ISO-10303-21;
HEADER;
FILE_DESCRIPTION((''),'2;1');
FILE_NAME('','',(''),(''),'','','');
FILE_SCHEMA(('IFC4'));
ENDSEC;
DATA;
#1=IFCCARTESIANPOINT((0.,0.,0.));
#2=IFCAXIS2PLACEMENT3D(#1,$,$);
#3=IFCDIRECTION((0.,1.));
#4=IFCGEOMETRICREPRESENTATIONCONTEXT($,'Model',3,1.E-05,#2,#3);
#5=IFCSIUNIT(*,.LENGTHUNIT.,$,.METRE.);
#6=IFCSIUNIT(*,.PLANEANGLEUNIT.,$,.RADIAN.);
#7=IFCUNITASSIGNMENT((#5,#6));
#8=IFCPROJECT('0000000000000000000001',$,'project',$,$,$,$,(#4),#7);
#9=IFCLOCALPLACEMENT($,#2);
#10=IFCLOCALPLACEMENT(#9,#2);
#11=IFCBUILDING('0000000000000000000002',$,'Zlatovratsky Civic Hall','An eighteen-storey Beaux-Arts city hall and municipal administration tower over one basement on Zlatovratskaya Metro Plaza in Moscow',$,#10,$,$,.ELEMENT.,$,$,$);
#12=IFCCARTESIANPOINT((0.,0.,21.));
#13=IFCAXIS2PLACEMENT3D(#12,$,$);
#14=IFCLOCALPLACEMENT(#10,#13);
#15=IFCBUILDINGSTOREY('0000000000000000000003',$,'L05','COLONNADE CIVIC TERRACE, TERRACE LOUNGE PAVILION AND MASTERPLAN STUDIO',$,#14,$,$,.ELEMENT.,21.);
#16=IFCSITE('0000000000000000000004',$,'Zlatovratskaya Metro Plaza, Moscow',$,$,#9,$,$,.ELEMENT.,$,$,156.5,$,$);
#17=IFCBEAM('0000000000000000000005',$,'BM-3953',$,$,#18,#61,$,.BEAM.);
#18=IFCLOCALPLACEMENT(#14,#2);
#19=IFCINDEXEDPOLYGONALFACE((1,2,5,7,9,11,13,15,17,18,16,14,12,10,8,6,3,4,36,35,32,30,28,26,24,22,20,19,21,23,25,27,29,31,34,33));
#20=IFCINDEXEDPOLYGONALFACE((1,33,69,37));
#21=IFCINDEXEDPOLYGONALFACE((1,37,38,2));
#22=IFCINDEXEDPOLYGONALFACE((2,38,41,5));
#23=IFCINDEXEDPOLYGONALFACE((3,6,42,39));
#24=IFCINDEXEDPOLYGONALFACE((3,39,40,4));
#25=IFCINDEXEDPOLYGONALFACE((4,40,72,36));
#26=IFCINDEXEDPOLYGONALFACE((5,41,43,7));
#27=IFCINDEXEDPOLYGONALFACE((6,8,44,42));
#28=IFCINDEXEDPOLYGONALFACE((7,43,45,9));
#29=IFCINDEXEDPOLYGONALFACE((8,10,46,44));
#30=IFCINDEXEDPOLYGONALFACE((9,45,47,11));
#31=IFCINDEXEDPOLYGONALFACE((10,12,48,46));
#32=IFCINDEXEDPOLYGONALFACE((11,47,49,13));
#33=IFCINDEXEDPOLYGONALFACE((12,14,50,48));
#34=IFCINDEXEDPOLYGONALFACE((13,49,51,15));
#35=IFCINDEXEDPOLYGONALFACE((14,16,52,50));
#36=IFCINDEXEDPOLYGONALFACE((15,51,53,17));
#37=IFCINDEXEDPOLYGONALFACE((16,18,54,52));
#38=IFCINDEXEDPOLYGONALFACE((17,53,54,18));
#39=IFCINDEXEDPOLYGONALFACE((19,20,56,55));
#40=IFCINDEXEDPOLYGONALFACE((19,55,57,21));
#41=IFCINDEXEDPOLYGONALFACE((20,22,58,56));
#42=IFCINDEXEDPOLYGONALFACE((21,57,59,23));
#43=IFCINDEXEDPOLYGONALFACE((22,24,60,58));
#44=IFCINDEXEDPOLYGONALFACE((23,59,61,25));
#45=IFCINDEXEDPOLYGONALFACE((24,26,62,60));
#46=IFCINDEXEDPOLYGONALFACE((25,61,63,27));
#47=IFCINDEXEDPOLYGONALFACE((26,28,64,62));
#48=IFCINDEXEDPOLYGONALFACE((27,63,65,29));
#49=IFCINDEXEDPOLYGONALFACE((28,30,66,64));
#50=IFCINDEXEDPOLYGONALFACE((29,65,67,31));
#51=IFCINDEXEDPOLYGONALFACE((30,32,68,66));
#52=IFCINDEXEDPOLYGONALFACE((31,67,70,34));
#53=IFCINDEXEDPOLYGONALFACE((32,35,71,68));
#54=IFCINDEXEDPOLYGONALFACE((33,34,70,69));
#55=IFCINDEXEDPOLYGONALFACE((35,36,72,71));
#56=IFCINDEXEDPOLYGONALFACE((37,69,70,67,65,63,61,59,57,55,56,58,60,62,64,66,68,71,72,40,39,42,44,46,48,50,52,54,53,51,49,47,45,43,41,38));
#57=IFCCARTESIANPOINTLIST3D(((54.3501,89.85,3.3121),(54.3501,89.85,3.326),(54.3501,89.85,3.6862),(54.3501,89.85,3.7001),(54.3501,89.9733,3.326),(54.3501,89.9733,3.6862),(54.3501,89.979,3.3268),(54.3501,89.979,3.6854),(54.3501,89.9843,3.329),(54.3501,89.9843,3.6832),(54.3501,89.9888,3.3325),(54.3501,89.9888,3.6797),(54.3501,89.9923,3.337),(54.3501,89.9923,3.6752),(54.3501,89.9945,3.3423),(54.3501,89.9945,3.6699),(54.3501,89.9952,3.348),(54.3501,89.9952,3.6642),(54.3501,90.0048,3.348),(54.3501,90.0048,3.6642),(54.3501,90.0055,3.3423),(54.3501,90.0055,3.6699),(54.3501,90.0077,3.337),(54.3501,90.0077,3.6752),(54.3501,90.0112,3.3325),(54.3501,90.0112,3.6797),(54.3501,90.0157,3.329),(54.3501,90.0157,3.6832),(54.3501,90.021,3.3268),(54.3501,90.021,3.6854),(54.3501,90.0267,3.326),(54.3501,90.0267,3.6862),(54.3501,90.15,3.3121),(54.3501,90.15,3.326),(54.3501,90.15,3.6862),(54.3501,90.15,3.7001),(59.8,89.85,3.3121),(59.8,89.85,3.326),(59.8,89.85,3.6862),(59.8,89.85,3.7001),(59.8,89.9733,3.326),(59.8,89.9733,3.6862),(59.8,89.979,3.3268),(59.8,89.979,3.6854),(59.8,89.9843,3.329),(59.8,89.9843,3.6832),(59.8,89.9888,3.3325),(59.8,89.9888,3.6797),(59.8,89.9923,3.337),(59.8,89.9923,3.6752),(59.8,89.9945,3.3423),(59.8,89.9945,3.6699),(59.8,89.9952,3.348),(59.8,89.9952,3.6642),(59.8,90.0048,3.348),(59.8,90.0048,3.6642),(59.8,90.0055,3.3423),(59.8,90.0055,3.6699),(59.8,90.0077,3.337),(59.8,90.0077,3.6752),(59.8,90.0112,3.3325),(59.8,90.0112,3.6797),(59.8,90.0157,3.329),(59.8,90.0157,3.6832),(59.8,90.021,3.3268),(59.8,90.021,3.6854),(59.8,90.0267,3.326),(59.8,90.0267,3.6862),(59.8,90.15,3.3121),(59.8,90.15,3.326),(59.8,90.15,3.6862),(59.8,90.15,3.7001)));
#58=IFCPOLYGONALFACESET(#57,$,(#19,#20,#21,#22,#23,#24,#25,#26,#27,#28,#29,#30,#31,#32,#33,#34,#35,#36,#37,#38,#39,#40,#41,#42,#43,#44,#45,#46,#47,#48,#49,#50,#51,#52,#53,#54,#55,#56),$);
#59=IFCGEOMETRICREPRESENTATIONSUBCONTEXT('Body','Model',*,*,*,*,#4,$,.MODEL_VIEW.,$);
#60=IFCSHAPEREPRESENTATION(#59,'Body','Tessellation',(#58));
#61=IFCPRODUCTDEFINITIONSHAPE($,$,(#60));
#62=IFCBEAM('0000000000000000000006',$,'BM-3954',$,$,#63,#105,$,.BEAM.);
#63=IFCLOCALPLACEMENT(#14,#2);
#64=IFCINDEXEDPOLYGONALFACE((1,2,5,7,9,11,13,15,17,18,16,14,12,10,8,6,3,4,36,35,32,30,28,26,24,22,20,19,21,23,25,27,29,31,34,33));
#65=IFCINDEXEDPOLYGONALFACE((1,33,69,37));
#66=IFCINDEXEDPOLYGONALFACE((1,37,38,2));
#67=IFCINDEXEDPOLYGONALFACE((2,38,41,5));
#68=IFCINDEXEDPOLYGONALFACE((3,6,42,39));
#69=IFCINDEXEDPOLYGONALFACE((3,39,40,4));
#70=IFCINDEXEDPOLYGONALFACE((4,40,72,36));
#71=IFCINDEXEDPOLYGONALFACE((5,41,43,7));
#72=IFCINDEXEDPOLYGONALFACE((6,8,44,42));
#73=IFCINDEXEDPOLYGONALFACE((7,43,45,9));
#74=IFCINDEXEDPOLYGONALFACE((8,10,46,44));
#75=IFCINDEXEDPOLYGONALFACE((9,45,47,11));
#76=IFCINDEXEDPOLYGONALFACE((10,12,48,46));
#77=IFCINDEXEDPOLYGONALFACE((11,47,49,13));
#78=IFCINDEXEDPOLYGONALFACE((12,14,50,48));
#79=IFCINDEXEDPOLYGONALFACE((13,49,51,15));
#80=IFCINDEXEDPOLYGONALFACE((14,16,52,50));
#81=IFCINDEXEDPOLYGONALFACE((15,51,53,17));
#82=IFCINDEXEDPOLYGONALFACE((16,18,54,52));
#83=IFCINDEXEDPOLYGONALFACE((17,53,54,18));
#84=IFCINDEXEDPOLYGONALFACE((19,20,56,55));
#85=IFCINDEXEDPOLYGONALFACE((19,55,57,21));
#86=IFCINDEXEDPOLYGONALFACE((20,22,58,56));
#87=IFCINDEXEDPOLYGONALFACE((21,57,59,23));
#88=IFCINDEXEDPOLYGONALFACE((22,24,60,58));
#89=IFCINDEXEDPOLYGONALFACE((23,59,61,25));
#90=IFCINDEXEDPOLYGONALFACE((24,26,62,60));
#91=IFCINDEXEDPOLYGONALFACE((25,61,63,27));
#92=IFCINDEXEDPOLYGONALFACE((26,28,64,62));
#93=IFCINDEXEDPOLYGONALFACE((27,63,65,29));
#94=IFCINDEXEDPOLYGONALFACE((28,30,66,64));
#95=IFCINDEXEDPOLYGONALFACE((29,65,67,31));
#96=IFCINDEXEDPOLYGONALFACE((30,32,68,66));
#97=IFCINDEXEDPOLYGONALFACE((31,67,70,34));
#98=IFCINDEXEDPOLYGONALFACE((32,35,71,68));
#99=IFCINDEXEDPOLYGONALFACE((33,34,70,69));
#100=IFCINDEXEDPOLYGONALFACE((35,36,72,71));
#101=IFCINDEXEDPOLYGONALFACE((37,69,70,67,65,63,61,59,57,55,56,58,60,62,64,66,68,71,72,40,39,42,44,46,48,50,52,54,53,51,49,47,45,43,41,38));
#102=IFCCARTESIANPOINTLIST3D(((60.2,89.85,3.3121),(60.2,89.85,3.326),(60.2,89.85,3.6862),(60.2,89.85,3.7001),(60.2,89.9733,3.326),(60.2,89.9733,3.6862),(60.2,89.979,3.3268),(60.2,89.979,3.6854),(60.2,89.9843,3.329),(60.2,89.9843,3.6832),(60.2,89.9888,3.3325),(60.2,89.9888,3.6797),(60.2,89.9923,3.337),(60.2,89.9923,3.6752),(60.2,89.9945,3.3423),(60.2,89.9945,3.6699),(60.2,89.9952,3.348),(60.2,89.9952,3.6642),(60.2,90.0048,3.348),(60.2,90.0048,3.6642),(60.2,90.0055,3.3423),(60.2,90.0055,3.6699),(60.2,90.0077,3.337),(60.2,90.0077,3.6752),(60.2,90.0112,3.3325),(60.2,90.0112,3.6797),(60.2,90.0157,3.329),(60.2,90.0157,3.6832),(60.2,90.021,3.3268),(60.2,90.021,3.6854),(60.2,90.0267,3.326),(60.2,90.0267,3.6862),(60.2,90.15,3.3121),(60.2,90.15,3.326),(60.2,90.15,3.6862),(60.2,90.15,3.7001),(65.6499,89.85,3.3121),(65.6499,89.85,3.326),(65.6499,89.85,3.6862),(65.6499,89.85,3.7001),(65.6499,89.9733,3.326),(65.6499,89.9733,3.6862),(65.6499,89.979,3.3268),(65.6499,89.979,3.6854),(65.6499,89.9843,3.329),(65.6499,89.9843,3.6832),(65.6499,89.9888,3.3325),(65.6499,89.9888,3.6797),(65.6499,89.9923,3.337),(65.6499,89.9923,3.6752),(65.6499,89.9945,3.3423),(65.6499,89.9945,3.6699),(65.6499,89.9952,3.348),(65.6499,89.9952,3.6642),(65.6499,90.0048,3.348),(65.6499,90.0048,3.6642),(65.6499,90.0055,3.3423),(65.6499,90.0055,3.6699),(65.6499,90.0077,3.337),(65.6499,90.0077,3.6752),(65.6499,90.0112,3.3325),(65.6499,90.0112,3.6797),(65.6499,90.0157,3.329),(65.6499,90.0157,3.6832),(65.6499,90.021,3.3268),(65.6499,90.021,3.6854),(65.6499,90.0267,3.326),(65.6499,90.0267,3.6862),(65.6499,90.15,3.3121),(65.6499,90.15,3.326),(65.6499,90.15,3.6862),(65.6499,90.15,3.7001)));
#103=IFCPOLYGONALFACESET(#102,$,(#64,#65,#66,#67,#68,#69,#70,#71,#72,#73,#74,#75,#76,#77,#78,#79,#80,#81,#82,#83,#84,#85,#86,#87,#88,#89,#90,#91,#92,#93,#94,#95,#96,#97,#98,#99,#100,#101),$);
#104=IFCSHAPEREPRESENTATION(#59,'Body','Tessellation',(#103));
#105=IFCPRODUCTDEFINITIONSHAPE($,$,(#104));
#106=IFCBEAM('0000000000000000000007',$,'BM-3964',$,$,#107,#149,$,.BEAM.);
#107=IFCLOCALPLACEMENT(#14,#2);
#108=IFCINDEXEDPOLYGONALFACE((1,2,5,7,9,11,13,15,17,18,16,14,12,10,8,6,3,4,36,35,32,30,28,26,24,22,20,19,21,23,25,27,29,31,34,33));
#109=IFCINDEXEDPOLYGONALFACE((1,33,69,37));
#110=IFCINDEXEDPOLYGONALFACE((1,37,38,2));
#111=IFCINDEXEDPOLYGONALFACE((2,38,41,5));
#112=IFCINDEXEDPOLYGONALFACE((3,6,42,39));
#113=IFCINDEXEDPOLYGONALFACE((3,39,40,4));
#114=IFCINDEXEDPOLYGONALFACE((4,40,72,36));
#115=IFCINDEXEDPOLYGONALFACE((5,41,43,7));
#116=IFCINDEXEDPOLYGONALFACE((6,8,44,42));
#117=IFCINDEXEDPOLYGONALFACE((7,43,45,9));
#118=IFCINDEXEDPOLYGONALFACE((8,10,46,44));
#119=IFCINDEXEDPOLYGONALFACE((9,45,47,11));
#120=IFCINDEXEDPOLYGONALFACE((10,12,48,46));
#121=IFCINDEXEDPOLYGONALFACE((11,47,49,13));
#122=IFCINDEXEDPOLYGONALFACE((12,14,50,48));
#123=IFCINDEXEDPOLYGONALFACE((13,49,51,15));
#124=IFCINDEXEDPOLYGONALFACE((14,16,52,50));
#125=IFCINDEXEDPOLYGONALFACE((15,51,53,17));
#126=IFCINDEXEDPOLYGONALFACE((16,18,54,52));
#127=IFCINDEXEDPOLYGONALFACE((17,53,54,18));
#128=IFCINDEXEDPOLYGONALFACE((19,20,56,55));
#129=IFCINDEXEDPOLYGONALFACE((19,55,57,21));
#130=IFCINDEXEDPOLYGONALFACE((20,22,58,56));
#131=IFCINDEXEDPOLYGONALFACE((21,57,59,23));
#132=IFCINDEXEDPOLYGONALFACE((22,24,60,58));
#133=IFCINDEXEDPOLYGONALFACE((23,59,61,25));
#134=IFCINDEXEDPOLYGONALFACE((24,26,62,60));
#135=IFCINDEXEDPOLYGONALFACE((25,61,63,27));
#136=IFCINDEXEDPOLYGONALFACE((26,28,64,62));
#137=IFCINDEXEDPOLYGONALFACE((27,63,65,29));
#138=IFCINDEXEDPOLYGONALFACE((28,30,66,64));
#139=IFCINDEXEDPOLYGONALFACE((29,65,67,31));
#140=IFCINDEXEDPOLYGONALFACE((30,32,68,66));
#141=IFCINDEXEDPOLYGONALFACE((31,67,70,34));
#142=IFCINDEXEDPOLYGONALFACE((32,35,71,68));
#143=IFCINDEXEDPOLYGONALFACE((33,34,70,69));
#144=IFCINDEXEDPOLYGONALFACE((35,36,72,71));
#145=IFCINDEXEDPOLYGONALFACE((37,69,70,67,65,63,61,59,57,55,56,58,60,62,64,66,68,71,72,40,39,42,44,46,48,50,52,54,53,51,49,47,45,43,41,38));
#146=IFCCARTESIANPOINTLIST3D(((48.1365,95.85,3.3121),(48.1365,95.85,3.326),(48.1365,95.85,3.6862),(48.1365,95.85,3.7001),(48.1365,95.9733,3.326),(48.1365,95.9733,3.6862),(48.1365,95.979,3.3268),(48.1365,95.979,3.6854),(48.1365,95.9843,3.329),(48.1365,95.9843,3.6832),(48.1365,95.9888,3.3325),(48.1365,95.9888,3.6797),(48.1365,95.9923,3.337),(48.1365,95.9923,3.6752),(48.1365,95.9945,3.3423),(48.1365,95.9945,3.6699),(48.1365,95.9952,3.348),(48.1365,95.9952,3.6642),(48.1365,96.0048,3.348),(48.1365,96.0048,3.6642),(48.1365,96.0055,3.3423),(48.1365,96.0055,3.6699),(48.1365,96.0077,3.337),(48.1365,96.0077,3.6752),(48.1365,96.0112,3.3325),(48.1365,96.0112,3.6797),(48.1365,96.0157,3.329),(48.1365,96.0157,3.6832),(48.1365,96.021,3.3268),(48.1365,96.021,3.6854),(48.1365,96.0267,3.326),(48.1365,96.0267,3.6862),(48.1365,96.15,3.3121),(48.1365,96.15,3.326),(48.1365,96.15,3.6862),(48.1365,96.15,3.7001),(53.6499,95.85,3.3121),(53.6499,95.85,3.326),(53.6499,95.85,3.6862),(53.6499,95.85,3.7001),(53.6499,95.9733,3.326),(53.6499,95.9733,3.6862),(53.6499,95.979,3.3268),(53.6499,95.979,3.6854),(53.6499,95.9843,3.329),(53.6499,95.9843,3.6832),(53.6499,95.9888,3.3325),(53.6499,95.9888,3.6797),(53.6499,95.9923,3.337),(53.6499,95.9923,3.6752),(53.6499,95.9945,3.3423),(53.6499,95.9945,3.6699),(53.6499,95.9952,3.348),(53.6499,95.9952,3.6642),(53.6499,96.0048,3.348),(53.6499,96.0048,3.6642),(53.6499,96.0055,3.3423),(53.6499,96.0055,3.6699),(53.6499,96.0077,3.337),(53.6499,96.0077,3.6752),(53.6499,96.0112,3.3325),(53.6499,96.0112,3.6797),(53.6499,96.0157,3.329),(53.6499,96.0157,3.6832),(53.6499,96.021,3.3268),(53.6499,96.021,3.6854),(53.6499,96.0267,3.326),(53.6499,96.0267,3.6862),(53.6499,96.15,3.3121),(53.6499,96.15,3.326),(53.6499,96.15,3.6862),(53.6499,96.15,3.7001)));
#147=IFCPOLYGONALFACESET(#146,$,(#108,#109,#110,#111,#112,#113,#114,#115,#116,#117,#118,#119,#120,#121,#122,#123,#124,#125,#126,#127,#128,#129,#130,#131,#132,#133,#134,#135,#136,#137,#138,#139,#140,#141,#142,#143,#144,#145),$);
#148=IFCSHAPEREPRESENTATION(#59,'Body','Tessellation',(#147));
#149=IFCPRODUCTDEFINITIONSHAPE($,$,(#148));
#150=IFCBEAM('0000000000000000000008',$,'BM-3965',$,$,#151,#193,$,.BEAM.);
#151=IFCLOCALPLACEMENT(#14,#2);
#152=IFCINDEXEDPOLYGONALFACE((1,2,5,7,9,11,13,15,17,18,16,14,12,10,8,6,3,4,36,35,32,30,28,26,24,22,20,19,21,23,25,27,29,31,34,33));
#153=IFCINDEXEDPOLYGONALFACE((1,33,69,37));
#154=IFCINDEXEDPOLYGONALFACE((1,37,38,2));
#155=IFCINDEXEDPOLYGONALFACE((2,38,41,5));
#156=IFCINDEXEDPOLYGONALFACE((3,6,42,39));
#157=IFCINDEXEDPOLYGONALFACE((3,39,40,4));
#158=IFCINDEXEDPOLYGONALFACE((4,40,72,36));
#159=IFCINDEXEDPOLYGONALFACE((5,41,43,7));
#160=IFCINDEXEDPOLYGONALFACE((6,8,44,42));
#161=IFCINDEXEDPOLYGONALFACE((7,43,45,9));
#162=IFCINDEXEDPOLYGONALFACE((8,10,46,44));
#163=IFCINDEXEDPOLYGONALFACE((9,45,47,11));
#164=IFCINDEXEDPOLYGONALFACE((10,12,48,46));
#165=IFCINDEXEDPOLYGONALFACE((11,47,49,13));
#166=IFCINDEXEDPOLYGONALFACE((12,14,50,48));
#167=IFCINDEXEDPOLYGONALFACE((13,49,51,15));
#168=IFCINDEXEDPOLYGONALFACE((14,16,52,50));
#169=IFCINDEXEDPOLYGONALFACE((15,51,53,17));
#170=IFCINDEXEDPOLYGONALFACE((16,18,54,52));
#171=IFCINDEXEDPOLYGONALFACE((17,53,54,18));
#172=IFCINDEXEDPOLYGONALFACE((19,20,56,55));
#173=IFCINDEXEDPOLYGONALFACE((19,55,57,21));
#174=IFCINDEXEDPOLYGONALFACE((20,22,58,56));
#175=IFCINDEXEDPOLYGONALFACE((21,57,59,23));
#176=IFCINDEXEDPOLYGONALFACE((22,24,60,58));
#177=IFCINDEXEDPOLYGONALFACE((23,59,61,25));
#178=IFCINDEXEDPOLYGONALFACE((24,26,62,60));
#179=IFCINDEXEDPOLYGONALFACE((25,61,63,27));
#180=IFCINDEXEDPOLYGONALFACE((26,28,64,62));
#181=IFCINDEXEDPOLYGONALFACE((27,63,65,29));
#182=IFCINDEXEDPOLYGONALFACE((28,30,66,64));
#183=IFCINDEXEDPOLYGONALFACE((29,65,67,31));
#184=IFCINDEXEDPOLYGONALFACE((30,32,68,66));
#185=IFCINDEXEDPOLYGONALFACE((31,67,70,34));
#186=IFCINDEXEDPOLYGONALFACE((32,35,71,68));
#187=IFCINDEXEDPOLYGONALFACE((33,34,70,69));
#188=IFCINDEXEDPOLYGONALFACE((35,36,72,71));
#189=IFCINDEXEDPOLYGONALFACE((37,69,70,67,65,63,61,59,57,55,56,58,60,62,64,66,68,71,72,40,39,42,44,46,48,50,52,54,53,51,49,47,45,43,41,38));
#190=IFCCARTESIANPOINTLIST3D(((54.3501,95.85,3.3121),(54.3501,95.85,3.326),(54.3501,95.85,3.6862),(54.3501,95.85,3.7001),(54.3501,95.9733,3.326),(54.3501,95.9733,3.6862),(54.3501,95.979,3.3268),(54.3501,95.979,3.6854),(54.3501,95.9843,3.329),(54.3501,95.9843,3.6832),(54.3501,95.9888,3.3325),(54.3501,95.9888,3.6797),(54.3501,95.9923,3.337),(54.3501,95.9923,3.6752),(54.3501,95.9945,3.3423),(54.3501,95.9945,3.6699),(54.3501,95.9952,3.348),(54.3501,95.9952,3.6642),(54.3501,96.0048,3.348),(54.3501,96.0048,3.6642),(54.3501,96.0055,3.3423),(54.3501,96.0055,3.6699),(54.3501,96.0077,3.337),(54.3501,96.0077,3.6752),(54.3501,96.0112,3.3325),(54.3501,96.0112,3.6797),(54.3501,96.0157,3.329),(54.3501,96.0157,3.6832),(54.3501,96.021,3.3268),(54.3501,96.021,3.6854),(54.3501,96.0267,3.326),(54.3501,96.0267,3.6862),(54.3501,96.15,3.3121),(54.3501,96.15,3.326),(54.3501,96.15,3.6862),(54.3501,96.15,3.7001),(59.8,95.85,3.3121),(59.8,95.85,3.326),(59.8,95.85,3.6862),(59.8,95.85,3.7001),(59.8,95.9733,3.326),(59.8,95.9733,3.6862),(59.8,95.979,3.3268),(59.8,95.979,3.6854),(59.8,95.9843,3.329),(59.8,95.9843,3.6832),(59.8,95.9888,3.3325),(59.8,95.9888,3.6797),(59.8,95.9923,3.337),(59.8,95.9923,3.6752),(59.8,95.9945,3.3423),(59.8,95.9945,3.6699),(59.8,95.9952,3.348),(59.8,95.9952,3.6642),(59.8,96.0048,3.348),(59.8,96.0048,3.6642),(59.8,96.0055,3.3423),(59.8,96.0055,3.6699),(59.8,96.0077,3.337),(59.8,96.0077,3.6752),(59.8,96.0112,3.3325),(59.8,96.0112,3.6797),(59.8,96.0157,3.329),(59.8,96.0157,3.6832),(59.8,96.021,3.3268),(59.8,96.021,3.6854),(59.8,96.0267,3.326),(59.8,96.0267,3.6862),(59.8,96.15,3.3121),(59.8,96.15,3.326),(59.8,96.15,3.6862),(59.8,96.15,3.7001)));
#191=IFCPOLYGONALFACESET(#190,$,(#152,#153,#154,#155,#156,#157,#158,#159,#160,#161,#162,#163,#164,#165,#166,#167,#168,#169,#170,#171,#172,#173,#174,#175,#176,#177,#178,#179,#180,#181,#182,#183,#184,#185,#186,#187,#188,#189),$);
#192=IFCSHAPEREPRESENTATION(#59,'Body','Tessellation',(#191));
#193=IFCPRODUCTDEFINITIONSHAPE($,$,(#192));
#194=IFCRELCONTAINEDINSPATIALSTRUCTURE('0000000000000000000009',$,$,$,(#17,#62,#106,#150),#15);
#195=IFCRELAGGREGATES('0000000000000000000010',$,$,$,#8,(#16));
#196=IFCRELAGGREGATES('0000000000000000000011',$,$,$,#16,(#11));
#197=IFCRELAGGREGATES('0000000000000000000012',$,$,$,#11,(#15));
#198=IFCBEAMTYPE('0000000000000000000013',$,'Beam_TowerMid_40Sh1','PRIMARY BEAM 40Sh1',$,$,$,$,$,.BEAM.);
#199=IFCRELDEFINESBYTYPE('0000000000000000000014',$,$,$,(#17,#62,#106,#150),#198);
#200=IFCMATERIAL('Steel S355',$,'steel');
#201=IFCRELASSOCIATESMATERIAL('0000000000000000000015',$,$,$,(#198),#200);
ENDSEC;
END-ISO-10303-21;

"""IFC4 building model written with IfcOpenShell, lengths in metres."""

from ifc_helpers import new_model, si_unit, direction, frame, origin, origin_2d, place, context, subcontext, project, spatial, i_section, extrude, material, material_profile, profile_set, type_object, element, save


model = new_model("IFC4")

# Units and contexts
model_context = context("Model", 3, precision=1e-05, world=origin(), true_north=direction((0.0, 1.0)))
body_context = subcontext(model_context, "Body", "Model", "MODEL_VIEW")
ifc_project = project(units=[si_unit("LENGTHUNIT", "METRE"), si_unit("PLANEANGLEUNIT", "RADIAN")], contexts=[model_context])

# Site, building, storey
site_placement = place(None, origin())
site = spatial("IfcSite", under=ifc_project, at=site_placement, Name="Zlatovratskaya Metro Plaza, Moscow", CompositionType="ELEMENT", RefElevation=156.5)
building_placement = place(site_placement, origin())
building = spatial("IfcBuilding", under=site, at=building_placement, Name="Zlatovratsky Civic Hall", Description="An eighteen-storey Beaux-Arts city hall and municipal administration tower over one basement on Zlatovratskaya Metro Plaza in Moscow", CompositionType="ELEMENT")
storey_placement = place(building_placement, frame((0.0, 0.0, 21.0)))
storey = spatial("IfcBuildingStorey", under=building, at=storey_placement, Name="L05", Description="COLONNADE CIVIC TERRACE, TERRACE LOUNGE PAVILION AND MASTERPLAN STUDIO", CompositionType="ELEMENT", Elevation=21.0)

# Shared definitions
ifc_material_1 = material(Name="Steel S355", Category="steel")

# Beams
ifc_material_profile_1 = material_profile(ifc_material_1, i_section(OverallWidth=0.3, OverallDepth=0.3879, WebThickness=0.0095, FlangeThickness=0.0139, FilletRadius=0.022, at=origin_2d()), Name="40Sh1")
ifc_profile_set_1 = profile_set([ifc_material_profile_1], Name="Steel S355")
beam_type_1 = type_object("IfcBeamType", Name="Beam_TowerMid_40Sh1", Description="PRIMARY BEAM 40Sh1", PredefinedType="BEAM", material=ifc_profile_set_1)
for number, where, z_axis, x_axis, name in (
    (1, (54.3501, 90.0, 3.5061), (1.0, 0.0, 0.0), (0.0, 1.0, 0.0), "BM-3953"),
    (2, (60.2, 90.0, 3.5061), (1.0, 0.0, 0.0), (0.0, 1.0, 0.0), "BM-3954"),
):
    element("IfcBeam", number, at=place(storey_placement, frame(where, z_axis=z_axis, x_axis=x_axis)), inside=storey, type_object=beam_type_1, Name=name, PredefinedType="BEAM", context=body_context, shape_type="SweptSolid", body=[
        extrude(i_section(OverallWidth=0.3, OverallDepth=0.3879, WebThickness=0.0095, FlangeThickness=0.0139, FilletRadius=0.022, at=origin_2d()), origin(), (0.0, 0.0, 1.0), 5.45),
    ])
beam_1_placement = place(storey_placement, frame((48.1365, 96.0, 3.5061), z_axis=(1.0, 0.0, 0.0), x_axis=(0.0, 1.0, 0.0)))
element("IfcBeam", 3, at=beam_1_placement, inside=storey, type_object=beam_type_1, Name="BM-3964", PredefinedType="BEAM", context=body_context, shape_type="SweptSolid", body=[
    extrude(i_section(OverallWidth=0.3, OverallDepth=0.3879, WebThickness=0.0095, FlangeThickness=0.0139, FilletRadius=0.022, at=origin_2d()), origin(), (0.0, 0.0, 1.0), 5.5134),
])
for number, where, z_axis, x_axis, name in (
    (4, (54.3501, 96.0, 3.5061), (1.0, 0.0, 0.0), (0.0, 1.0, 0.0), "BM-3965"),
):
    element("IfcBeam", number, at=place(storey_placement, frame(where, z_axis=z_axis, x_axis=x_axis)), inside=storey, type_object=beam_type_1, Name=name, PredefinedType="BEAM", context=body_context, shape_type="SweptSolid", body=[
        extrude(i_section(OverallWidth=0.3, OverallDepth=0.3879, WebThickness=0.0095, FlangeThickness=0.0139, FilletRadius=0.022, at=origin_2d()), origin(), (0.0, 0.0, 1.0), 5.45),
    ])

save(model, "model.ifc")
